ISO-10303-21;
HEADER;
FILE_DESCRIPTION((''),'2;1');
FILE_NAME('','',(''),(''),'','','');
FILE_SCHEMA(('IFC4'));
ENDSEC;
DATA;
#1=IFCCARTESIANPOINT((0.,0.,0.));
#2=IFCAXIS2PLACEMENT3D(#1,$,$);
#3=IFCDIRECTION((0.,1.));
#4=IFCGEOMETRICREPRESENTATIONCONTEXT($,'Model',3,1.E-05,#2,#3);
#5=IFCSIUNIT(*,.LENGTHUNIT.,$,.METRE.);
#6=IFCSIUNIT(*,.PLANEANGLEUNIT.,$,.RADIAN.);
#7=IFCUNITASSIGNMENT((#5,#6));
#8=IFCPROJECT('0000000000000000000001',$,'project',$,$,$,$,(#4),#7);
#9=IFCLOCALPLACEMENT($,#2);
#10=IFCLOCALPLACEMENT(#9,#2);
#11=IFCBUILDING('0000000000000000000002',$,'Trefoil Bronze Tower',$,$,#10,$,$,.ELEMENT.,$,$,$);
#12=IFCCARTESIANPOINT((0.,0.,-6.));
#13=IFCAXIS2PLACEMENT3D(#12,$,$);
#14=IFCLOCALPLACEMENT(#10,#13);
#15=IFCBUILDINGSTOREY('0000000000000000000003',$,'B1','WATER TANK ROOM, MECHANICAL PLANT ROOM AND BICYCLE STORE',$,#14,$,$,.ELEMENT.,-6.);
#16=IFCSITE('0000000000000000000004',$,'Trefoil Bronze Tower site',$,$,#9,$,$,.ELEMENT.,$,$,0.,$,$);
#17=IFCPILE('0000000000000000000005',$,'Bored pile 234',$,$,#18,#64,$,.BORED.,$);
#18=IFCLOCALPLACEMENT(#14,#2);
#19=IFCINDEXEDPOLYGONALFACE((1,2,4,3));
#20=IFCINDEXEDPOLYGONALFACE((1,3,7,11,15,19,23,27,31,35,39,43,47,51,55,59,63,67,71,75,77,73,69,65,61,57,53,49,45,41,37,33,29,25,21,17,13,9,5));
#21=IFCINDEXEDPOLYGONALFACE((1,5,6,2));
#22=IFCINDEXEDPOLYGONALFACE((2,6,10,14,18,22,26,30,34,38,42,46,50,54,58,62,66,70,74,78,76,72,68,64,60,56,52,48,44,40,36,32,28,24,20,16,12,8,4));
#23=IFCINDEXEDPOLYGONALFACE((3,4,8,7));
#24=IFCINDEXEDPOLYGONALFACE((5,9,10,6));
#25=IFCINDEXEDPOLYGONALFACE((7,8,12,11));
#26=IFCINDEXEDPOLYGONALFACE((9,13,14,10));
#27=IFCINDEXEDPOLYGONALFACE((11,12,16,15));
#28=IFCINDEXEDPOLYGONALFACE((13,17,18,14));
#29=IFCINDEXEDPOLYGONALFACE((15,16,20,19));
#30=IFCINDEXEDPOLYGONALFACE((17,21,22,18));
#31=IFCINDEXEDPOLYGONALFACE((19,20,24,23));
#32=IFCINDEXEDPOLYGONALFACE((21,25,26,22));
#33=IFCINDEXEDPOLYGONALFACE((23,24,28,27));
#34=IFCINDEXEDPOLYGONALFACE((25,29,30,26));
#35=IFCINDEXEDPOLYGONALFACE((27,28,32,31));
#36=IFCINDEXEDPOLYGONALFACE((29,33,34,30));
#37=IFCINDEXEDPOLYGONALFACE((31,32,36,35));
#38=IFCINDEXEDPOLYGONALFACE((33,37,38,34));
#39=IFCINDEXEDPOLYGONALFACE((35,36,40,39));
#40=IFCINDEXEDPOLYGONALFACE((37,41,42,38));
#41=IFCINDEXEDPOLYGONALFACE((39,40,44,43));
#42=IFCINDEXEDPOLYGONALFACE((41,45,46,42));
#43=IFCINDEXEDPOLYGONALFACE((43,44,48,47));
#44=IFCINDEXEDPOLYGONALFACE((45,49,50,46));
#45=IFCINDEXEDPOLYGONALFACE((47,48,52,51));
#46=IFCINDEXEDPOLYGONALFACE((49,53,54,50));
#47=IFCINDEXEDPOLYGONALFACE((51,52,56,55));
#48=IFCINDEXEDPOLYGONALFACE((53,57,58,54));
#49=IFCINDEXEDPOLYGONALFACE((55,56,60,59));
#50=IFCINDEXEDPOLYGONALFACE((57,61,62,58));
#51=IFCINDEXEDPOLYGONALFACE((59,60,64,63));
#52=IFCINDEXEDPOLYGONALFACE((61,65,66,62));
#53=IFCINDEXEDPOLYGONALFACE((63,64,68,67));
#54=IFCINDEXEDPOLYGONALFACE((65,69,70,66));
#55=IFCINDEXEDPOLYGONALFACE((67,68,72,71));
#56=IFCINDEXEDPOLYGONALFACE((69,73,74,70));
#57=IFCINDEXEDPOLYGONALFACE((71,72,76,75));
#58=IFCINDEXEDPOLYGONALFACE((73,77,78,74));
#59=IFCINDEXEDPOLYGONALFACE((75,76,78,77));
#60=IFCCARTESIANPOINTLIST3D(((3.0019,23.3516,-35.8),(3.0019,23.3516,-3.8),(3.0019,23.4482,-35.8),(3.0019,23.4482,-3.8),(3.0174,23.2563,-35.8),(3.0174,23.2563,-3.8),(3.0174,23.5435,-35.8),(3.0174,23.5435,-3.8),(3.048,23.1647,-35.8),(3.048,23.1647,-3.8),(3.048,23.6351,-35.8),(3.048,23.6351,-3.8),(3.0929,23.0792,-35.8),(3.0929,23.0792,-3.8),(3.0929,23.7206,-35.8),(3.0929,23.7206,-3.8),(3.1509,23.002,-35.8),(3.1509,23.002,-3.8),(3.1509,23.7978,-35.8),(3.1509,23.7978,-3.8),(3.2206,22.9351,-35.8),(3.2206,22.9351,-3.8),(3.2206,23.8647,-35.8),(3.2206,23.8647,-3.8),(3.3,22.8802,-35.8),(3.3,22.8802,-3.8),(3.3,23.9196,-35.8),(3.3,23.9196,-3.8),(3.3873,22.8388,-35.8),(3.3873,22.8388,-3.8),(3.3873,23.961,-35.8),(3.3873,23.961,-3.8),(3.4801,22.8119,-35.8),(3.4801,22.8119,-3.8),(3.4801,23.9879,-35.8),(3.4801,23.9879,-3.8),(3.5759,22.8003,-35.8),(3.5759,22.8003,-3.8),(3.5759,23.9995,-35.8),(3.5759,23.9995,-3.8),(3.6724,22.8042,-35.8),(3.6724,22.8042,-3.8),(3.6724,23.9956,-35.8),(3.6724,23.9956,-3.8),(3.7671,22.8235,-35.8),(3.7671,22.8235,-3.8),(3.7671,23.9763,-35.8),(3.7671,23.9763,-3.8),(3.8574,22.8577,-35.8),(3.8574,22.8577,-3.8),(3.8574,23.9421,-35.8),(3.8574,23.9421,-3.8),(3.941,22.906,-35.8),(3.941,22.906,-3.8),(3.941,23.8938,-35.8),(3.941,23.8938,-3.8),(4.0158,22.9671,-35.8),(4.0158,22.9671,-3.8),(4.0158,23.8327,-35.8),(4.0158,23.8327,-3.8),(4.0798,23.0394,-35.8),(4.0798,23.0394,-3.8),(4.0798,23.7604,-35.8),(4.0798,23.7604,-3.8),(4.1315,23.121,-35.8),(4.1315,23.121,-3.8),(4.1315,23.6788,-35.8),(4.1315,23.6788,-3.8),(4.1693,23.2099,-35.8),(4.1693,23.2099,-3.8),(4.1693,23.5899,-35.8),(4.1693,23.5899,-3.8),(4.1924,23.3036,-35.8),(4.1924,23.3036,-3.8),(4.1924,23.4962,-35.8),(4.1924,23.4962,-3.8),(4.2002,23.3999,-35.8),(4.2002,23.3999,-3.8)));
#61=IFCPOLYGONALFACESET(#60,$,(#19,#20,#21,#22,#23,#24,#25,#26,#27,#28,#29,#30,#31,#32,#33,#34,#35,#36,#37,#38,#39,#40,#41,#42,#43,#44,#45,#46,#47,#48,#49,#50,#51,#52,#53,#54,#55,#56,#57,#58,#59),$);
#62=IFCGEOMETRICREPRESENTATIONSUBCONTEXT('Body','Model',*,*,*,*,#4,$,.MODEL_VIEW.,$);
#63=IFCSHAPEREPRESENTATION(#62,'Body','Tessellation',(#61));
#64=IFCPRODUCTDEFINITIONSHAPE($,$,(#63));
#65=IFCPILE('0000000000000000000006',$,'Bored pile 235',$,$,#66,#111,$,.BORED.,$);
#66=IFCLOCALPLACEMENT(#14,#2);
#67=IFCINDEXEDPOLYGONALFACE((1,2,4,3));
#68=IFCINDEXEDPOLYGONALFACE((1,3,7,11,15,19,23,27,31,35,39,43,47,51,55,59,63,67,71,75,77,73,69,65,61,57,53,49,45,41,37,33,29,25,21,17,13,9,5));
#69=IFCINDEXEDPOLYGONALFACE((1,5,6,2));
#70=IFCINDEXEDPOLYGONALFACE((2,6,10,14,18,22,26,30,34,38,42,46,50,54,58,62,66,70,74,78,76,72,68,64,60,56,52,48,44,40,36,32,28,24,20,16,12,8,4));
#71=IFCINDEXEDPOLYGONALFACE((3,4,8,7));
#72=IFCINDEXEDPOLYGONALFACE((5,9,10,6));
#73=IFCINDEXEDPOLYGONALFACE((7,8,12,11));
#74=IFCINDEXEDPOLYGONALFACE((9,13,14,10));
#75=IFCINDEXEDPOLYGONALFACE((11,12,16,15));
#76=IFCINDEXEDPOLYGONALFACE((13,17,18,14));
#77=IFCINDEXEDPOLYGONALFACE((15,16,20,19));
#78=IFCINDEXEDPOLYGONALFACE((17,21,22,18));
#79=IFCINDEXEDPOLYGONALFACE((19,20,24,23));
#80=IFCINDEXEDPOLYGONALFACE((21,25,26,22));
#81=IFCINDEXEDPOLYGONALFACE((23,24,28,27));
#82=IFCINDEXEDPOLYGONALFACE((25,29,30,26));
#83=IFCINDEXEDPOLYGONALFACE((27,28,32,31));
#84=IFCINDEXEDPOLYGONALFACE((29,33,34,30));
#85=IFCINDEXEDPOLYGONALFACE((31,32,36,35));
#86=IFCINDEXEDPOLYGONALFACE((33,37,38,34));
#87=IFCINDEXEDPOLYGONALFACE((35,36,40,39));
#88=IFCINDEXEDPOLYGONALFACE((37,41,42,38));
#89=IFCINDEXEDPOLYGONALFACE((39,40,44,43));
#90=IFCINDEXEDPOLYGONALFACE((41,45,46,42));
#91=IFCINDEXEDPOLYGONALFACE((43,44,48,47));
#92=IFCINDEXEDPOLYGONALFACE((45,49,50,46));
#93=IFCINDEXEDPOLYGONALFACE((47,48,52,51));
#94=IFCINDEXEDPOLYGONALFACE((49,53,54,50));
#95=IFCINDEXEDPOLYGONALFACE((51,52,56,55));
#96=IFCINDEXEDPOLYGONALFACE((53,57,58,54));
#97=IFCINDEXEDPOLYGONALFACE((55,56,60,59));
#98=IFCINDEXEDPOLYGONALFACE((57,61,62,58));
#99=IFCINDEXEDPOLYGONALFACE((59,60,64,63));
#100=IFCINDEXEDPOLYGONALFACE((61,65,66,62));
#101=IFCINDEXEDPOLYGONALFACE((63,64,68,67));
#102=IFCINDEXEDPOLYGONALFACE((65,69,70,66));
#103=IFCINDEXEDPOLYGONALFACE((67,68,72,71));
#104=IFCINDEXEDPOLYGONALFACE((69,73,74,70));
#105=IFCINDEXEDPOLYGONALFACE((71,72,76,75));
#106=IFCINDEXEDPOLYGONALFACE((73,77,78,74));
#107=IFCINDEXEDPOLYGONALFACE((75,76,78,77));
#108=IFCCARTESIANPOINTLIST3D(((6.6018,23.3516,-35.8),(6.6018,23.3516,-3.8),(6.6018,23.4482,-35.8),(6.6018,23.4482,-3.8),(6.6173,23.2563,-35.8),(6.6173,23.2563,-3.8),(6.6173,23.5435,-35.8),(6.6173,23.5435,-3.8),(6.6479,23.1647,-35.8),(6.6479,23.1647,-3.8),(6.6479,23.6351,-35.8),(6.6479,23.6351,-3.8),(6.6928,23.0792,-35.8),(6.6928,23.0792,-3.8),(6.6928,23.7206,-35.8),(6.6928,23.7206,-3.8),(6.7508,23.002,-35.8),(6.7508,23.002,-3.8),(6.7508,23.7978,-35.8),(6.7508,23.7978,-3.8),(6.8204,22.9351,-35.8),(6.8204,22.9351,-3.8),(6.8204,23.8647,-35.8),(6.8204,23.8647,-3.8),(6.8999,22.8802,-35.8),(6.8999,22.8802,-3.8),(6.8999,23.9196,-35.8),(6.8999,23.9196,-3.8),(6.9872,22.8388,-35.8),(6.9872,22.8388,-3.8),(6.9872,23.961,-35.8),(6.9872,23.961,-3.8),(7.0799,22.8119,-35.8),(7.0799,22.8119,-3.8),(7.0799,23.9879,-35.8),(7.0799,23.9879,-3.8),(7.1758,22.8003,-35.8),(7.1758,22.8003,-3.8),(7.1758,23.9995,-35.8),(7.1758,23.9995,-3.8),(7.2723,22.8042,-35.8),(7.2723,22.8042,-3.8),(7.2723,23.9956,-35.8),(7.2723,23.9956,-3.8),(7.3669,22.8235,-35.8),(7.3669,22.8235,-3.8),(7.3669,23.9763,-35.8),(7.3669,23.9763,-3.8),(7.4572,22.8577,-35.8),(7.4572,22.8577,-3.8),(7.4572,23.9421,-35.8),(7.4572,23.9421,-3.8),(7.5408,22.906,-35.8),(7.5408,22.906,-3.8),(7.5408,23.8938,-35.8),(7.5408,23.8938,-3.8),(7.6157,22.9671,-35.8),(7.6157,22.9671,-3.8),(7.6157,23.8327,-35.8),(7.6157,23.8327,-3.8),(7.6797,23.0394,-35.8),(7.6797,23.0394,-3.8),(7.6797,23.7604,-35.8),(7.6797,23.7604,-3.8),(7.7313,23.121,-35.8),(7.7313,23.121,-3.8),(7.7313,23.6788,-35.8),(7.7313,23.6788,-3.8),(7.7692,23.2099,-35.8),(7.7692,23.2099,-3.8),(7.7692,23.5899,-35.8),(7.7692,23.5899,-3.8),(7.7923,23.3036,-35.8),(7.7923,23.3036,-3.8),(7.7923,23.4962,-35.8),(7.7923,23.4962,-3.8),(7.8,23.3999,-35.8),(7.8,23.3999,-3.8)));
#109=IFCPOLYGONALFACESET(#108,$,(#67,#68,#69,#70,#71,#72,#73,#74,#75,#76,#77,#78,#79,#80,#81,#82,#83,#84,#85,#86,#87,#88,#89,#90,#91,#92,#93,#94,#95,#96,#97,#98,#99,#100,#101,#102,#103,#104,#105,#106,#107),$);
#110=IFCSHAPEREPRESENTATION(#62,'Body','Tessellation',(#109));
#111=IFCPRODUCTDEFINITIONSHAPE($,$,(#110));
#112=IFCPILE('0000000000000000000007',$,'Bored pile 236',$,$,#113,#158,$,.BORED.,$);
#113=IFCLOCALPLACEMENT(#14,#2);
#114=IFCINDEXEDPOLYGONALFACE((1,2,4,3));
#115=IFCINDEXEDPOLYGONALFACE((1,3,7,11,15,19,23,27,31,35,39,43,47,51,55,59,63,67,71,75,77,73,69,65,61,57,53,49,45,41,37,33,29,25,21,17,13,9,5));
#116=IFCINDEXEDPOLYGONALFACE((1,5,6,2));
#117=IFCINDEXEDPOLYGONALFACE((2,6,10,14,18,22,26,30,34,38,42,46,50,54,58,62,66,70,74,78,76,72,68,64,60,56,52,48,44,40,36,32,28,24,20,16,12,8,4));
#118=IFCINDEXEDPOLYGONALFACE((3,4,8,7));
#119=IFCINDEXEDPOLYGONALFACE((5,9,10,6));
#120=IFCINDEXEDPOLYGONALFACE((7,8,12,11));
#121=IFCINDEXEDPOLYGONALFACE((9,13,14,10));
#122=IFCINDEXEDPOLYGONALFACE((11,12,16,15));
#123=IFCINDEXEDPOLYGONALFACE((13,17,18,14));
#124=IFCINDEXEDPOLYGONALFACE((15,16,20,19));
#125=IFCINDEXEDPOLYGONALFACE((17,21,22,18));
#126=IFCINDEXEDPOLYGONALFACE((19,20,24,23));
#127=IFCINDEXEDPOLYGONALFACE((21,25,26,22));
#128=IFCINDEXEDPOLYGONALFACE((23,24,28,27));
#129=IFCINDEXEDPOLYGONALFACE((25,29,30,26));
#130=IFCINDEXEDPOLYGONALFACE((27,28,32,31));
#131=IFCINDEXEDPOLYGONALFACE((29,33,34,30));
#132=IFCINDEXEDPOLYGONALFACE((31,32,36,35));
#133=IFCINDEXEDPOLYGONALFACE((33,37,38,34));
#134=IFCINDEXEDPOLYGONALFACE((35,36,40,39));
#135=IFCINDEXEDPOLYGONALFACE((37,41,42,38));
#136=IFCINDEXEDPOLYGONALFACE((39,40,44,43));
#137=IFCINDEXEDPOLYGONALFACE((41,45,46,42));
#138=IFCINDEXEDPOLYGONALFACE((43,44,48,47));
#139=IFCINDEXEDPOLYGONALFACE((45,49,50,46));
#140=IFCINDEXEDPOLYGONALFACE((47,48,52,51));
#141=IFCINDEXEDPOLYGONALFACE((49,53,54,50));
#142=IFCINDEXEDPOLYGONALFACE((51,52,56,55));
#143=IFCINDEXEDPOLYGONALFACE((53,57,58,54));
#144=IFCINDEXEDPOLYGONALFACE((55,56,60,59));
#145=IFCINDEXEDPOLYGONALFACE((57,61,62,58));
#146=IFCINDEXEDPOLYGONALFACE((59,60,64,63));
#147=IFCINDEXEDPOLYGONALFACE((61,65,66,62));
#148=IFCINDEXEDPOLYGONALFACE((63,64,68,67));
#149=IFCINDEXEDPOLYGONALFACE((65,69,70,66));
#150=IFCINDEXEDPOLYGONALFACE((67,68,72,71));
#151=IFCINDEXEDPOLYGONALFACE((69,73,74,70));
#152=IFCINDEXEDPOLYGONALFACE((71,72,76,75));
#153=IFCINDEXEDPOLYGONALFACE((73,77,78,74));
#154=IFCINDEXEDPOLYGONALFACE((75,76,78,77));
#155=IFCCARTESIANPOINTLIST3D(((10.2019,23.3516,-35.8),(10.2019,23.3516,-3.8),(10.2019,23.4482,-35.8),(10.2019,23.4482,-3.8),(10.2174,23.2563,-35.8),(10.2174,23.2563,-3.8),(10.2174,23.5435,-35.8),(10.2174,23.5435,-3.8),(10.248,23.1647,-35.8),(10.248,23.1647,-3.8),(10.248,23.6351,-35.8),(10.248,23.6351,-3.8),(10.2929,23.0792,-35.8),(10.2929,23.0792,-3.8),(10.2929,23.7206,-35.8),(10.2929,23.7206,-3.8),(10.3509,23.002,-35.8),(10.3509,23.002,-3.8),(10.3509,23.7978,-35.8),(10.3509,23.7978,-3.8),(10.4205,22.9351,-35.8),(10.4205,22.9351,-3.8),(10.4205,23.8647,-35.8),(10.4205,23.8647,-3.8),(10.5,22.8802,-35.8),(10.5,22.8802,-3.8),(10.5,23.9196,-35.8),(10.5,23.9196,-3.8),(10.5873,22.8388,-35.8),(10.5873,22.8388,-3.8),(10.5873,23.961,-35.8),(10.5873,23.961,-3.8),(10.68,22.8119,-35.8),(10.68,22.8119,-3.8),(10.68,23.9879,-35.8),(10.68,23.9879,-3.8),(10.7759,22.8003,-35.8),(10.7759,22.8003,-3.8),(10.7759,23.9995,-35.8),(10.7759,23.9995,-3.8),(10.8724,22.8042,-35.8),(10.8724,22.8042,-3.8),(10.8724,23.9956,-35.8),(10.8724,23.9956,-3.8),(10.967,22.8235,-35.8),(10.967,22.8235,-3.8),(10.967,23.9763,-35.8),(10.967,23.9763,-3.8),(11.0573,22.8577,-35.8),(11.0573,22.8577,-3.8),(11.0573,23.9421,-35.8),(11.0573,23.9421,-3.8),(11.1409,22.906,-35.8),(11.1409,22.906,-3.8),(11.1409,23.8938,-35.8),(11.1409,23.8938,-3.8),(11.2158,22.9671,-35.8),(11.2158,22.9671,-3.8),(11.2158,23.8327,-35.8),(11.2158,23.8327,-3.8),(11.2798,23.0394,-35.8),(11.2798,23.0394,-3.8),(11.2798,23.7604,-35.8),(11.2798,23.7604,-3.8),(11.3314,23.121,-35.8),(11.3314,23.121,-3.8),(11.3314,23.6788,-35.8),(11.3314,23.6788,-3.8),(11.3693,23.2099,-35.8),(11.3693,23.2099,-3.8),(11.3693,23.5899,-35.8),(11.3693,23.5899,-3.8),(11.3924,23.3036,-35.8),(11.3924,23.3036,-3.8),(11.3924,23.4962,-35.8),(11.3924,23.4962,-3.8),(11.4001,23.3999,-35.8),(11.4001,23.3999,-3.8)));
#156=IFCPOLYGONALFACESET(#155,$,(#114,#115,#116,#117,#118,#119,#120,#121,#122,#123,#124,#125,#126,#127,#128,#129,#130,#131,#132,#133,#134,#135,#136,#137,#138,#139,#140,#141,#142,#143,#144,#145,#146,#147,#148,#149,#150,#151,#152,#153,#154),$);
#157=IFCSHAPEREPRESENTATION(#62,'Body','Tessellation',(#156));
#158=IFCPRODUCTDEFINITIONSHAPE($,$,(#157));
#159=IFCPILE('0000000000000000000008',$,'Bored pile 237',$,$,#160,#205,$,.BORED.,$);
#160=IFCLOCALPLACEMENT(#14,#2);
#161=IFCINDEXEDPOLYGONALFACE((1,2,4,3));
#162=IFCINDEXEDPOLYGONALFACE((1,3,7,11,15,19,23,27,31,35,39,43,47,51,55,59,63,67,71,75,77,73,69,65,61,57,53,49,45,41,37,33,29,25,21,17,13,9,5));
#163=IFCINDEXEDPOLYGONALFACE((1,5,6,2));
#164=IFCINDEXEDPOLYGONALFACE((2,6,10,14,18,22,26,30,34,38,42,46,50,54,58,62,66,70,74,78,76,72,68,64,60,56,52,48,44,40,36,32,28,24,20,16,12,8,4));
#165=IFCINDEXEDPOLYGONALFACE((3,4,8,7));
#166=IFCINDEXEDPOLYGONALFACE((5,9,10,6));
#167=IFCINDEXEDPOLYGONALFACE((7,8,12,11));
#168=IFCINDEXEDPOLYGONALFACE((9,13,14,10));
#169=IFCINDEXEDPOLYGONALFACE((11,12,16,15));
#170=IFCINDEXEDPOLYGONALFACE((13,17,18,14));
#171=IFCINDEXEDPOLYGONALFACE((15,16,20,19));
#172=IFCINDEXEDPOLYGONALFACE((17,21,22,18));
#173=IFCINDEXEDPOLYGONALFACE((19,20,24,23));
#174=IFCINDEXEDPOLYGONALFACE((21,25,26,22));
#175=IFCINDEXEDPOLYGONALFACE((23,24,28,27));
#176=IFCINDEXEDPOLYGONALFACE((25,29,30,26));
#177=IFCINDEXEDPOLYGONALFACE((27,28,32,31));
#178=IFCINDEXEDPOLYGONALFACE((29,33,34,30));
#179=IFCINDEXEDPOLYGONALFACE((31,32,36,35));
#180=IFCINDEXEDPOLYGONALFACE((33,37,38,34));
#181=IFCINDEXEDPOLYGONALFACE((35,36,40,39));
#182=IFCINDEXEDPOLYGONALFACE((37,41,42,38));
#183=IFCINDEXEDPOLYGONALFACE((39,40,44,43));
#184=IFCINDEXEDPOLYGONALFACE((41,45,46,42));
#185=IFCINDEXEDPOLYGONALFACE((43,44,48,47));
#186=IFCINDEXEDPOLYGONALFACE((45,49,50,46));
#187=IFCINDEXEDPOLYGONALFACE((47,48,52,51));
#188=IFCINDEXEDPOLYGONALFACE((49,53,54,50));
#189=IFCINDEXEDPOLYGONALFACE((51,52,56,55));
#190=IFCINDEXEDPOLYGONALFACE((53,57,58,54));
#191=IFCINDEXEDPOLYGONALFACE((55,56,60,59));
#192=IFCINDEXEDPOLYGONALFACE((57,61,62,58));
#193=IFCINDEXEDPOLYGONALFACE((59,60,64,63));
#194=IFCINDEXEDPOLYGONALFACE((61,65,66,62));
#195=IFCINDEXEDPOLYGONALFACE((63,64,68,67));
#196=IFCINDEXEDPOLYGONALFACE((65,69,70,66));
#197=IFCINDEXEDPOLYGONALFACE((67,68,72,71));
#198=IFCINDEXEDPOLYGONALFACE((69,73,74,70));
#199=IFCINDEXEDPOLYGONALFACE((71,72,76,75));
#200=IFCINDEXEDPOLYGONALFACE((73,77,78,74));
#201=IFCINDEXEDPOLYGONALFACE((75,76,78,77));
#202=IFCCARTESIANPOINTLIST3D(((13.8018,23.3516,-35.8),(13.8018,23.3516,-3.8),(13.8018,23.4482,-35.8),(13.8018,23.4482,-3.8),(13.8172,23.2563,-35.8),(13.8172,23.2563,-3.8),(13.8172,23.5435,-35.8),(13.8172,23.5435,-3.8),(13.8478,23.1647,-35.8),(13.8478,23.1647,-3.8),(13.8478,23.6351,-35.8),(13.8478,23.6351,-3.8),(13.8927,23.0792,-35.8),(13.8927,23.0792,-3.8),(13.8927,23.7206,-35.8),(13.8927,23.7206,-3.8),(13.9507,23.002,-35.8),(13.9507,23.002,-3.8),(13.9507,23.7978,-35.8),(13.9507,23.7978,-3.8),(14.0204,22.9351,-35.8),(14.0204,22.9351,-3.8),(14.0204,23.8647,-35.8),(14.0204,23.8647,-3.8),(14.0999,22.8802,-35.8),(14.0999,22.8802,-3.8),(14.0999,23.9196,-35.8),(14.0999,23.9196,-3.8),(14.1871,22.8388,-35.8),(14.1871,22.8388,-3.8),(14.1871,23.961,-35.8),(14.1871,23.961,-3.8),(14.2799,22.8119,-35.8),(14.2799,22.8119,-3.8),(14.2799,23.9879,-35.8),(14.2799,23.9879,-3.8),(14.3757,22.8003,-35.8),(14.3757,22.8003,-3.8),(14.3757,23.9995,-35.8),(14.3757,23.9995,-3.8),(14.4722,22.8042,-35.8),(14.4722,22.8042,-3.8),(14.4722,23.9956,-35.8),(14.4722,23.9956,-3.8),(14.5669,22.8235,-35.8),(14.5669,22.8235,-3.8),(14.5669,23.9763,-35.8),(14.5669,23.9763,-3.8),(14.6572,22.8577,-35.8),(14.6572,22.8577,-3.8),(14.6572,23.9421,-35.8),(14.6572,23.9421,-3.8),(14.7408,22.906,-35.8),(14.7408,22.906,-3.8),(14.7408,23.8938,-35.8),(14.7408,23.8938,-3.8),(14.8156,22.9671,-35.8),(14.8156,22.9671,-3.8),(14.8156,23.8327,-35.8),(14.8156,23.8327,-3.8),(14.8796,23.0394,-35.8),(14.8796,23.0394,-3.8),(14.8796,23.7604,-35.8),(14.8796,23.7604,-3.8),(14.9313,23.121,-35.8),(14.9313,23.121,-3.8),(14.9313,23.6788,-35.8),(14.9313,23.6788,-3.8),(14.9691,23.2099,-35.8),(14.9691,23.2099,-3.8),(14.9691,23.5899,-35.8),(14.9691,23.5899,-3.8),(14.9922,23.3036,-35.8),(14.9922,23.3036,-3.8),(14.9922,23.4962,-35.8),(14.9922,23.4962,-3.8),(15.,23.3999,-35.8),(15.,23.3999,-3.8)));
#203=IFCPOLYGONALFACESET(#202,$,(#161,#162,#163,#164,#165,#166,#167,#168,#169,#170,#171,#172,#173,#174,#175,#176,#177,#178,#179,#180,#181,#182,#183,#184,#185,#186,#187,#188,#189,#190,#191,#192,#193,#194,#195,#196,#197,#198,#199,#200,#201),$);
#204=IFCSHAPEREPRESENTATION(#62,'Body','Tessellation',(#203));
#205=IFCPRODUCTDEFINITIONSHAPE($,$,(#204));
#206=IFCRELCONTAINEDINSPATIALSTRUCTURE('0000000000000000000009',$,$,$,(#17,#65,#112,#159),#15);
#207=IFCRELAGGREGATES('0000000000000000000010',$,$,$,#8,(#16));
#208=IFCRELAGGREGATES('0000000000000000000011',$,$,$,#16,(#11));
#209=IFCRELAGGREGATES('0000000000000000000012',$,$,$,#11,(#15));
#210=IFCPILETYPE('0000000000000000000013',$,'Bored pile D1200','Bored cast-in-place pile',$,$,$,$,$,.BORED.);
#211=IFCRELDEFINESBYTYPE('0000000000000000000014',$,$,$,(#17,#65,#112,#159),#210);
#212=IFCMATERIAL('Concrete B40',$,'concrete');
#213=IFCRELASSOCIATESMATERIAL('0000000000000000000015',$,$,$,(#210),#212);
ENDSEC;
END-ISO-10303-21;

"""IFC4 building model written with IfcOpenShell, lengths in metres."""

from ifc_helpers import new_model, si_unit, direction, frame, origin, origin_2d, place, context, subcontext, project, spatial, circle, extrude, material, type_object, element, save


model = new_model("IFC4")

# Units and contexts
model_context = context("Model", 3, precision=1e-05, world=origin(), true_north=direction((0.0, 1.0)))
body_context = subcontext(model_context, "Body", "Model", "MODEL_VIEW")
ifc_project = project(units=[si_unit("LENGTHUNIT", "METRE"), si_unit("PLANEANGLEUNIT", "RADIAN")], contexts=[model_context])

# Site, building, storey
site_placement = place(None, origin())
site = spatial("IfcSite", under=ifc_project, at=site_placement, Name="Trefoil Bronze Tower site", CompositionType="ELEMENT", RefElevation=0.0)
building_placement = place(site_placement, origin())
building = spatial("IfcBuilding", under=site, at=building_placement, Name="Trefoil Bronze Tower", CompositionType="ELEMENT")
storey_placement = place(building_placement, frame((0.0, 0.0, -6.0)))
storey = spatial("IfcBuildingStorey", under=building, at=storey_placement, Name="B1", Description="WATER TANK ROOM, MECHANICAL PLANT ROOM AND BICYCLE STORE", CompositionType="ELEMENT", Elevation=-6.0)

# Piles
ifc_material_1 = material(Name="Concrete B40", Category="concrete")
pile_type = type_object("IfcPileType", Name="Bored pile D1200", Description="Bored cast-in-place pile", PredefinedType="BORED", material=ifc_material_1)
for number, where, z_axis, x_axis, name in (
    (1, (3.6001, 23.3999, -3.8), (0.0, 0.0, -1.0), (1.0, 0.0, 0.0), "Bored pile 234"),
    (2, (7.2, 23.3999, -3.8), (0.0, 0.0, -1.0), (1.0, 0.0, 0.0), "Bored pile 235"),
    (3, (10.8, 23.3999, -3.8), (0.0, 0.0, -1.0), (1.0, 0.0, 0.0), "Bored pile 236"),
    (4, (14.3999, 23.3999, -3.8), (0.0, 0.0, -1.0), (1.0, 0.0, 0.0), "Bored pile 237"),
):
    element("IfcPile", number, at=place(storey_placement, frame(where, z_axis=z_axis, x_axis=x_axis)), inside=storey, type_object=pile_type, Name=name, PredefinedType="BORED", context=body_context, shape_type="SweptSolid", body=[
        extrude(circle(Radius=0.6001, at=origin_2d()), origin(), (0.0, 0.0, 1.0), 32.0),
    ])

save(model, "model.ifc")
